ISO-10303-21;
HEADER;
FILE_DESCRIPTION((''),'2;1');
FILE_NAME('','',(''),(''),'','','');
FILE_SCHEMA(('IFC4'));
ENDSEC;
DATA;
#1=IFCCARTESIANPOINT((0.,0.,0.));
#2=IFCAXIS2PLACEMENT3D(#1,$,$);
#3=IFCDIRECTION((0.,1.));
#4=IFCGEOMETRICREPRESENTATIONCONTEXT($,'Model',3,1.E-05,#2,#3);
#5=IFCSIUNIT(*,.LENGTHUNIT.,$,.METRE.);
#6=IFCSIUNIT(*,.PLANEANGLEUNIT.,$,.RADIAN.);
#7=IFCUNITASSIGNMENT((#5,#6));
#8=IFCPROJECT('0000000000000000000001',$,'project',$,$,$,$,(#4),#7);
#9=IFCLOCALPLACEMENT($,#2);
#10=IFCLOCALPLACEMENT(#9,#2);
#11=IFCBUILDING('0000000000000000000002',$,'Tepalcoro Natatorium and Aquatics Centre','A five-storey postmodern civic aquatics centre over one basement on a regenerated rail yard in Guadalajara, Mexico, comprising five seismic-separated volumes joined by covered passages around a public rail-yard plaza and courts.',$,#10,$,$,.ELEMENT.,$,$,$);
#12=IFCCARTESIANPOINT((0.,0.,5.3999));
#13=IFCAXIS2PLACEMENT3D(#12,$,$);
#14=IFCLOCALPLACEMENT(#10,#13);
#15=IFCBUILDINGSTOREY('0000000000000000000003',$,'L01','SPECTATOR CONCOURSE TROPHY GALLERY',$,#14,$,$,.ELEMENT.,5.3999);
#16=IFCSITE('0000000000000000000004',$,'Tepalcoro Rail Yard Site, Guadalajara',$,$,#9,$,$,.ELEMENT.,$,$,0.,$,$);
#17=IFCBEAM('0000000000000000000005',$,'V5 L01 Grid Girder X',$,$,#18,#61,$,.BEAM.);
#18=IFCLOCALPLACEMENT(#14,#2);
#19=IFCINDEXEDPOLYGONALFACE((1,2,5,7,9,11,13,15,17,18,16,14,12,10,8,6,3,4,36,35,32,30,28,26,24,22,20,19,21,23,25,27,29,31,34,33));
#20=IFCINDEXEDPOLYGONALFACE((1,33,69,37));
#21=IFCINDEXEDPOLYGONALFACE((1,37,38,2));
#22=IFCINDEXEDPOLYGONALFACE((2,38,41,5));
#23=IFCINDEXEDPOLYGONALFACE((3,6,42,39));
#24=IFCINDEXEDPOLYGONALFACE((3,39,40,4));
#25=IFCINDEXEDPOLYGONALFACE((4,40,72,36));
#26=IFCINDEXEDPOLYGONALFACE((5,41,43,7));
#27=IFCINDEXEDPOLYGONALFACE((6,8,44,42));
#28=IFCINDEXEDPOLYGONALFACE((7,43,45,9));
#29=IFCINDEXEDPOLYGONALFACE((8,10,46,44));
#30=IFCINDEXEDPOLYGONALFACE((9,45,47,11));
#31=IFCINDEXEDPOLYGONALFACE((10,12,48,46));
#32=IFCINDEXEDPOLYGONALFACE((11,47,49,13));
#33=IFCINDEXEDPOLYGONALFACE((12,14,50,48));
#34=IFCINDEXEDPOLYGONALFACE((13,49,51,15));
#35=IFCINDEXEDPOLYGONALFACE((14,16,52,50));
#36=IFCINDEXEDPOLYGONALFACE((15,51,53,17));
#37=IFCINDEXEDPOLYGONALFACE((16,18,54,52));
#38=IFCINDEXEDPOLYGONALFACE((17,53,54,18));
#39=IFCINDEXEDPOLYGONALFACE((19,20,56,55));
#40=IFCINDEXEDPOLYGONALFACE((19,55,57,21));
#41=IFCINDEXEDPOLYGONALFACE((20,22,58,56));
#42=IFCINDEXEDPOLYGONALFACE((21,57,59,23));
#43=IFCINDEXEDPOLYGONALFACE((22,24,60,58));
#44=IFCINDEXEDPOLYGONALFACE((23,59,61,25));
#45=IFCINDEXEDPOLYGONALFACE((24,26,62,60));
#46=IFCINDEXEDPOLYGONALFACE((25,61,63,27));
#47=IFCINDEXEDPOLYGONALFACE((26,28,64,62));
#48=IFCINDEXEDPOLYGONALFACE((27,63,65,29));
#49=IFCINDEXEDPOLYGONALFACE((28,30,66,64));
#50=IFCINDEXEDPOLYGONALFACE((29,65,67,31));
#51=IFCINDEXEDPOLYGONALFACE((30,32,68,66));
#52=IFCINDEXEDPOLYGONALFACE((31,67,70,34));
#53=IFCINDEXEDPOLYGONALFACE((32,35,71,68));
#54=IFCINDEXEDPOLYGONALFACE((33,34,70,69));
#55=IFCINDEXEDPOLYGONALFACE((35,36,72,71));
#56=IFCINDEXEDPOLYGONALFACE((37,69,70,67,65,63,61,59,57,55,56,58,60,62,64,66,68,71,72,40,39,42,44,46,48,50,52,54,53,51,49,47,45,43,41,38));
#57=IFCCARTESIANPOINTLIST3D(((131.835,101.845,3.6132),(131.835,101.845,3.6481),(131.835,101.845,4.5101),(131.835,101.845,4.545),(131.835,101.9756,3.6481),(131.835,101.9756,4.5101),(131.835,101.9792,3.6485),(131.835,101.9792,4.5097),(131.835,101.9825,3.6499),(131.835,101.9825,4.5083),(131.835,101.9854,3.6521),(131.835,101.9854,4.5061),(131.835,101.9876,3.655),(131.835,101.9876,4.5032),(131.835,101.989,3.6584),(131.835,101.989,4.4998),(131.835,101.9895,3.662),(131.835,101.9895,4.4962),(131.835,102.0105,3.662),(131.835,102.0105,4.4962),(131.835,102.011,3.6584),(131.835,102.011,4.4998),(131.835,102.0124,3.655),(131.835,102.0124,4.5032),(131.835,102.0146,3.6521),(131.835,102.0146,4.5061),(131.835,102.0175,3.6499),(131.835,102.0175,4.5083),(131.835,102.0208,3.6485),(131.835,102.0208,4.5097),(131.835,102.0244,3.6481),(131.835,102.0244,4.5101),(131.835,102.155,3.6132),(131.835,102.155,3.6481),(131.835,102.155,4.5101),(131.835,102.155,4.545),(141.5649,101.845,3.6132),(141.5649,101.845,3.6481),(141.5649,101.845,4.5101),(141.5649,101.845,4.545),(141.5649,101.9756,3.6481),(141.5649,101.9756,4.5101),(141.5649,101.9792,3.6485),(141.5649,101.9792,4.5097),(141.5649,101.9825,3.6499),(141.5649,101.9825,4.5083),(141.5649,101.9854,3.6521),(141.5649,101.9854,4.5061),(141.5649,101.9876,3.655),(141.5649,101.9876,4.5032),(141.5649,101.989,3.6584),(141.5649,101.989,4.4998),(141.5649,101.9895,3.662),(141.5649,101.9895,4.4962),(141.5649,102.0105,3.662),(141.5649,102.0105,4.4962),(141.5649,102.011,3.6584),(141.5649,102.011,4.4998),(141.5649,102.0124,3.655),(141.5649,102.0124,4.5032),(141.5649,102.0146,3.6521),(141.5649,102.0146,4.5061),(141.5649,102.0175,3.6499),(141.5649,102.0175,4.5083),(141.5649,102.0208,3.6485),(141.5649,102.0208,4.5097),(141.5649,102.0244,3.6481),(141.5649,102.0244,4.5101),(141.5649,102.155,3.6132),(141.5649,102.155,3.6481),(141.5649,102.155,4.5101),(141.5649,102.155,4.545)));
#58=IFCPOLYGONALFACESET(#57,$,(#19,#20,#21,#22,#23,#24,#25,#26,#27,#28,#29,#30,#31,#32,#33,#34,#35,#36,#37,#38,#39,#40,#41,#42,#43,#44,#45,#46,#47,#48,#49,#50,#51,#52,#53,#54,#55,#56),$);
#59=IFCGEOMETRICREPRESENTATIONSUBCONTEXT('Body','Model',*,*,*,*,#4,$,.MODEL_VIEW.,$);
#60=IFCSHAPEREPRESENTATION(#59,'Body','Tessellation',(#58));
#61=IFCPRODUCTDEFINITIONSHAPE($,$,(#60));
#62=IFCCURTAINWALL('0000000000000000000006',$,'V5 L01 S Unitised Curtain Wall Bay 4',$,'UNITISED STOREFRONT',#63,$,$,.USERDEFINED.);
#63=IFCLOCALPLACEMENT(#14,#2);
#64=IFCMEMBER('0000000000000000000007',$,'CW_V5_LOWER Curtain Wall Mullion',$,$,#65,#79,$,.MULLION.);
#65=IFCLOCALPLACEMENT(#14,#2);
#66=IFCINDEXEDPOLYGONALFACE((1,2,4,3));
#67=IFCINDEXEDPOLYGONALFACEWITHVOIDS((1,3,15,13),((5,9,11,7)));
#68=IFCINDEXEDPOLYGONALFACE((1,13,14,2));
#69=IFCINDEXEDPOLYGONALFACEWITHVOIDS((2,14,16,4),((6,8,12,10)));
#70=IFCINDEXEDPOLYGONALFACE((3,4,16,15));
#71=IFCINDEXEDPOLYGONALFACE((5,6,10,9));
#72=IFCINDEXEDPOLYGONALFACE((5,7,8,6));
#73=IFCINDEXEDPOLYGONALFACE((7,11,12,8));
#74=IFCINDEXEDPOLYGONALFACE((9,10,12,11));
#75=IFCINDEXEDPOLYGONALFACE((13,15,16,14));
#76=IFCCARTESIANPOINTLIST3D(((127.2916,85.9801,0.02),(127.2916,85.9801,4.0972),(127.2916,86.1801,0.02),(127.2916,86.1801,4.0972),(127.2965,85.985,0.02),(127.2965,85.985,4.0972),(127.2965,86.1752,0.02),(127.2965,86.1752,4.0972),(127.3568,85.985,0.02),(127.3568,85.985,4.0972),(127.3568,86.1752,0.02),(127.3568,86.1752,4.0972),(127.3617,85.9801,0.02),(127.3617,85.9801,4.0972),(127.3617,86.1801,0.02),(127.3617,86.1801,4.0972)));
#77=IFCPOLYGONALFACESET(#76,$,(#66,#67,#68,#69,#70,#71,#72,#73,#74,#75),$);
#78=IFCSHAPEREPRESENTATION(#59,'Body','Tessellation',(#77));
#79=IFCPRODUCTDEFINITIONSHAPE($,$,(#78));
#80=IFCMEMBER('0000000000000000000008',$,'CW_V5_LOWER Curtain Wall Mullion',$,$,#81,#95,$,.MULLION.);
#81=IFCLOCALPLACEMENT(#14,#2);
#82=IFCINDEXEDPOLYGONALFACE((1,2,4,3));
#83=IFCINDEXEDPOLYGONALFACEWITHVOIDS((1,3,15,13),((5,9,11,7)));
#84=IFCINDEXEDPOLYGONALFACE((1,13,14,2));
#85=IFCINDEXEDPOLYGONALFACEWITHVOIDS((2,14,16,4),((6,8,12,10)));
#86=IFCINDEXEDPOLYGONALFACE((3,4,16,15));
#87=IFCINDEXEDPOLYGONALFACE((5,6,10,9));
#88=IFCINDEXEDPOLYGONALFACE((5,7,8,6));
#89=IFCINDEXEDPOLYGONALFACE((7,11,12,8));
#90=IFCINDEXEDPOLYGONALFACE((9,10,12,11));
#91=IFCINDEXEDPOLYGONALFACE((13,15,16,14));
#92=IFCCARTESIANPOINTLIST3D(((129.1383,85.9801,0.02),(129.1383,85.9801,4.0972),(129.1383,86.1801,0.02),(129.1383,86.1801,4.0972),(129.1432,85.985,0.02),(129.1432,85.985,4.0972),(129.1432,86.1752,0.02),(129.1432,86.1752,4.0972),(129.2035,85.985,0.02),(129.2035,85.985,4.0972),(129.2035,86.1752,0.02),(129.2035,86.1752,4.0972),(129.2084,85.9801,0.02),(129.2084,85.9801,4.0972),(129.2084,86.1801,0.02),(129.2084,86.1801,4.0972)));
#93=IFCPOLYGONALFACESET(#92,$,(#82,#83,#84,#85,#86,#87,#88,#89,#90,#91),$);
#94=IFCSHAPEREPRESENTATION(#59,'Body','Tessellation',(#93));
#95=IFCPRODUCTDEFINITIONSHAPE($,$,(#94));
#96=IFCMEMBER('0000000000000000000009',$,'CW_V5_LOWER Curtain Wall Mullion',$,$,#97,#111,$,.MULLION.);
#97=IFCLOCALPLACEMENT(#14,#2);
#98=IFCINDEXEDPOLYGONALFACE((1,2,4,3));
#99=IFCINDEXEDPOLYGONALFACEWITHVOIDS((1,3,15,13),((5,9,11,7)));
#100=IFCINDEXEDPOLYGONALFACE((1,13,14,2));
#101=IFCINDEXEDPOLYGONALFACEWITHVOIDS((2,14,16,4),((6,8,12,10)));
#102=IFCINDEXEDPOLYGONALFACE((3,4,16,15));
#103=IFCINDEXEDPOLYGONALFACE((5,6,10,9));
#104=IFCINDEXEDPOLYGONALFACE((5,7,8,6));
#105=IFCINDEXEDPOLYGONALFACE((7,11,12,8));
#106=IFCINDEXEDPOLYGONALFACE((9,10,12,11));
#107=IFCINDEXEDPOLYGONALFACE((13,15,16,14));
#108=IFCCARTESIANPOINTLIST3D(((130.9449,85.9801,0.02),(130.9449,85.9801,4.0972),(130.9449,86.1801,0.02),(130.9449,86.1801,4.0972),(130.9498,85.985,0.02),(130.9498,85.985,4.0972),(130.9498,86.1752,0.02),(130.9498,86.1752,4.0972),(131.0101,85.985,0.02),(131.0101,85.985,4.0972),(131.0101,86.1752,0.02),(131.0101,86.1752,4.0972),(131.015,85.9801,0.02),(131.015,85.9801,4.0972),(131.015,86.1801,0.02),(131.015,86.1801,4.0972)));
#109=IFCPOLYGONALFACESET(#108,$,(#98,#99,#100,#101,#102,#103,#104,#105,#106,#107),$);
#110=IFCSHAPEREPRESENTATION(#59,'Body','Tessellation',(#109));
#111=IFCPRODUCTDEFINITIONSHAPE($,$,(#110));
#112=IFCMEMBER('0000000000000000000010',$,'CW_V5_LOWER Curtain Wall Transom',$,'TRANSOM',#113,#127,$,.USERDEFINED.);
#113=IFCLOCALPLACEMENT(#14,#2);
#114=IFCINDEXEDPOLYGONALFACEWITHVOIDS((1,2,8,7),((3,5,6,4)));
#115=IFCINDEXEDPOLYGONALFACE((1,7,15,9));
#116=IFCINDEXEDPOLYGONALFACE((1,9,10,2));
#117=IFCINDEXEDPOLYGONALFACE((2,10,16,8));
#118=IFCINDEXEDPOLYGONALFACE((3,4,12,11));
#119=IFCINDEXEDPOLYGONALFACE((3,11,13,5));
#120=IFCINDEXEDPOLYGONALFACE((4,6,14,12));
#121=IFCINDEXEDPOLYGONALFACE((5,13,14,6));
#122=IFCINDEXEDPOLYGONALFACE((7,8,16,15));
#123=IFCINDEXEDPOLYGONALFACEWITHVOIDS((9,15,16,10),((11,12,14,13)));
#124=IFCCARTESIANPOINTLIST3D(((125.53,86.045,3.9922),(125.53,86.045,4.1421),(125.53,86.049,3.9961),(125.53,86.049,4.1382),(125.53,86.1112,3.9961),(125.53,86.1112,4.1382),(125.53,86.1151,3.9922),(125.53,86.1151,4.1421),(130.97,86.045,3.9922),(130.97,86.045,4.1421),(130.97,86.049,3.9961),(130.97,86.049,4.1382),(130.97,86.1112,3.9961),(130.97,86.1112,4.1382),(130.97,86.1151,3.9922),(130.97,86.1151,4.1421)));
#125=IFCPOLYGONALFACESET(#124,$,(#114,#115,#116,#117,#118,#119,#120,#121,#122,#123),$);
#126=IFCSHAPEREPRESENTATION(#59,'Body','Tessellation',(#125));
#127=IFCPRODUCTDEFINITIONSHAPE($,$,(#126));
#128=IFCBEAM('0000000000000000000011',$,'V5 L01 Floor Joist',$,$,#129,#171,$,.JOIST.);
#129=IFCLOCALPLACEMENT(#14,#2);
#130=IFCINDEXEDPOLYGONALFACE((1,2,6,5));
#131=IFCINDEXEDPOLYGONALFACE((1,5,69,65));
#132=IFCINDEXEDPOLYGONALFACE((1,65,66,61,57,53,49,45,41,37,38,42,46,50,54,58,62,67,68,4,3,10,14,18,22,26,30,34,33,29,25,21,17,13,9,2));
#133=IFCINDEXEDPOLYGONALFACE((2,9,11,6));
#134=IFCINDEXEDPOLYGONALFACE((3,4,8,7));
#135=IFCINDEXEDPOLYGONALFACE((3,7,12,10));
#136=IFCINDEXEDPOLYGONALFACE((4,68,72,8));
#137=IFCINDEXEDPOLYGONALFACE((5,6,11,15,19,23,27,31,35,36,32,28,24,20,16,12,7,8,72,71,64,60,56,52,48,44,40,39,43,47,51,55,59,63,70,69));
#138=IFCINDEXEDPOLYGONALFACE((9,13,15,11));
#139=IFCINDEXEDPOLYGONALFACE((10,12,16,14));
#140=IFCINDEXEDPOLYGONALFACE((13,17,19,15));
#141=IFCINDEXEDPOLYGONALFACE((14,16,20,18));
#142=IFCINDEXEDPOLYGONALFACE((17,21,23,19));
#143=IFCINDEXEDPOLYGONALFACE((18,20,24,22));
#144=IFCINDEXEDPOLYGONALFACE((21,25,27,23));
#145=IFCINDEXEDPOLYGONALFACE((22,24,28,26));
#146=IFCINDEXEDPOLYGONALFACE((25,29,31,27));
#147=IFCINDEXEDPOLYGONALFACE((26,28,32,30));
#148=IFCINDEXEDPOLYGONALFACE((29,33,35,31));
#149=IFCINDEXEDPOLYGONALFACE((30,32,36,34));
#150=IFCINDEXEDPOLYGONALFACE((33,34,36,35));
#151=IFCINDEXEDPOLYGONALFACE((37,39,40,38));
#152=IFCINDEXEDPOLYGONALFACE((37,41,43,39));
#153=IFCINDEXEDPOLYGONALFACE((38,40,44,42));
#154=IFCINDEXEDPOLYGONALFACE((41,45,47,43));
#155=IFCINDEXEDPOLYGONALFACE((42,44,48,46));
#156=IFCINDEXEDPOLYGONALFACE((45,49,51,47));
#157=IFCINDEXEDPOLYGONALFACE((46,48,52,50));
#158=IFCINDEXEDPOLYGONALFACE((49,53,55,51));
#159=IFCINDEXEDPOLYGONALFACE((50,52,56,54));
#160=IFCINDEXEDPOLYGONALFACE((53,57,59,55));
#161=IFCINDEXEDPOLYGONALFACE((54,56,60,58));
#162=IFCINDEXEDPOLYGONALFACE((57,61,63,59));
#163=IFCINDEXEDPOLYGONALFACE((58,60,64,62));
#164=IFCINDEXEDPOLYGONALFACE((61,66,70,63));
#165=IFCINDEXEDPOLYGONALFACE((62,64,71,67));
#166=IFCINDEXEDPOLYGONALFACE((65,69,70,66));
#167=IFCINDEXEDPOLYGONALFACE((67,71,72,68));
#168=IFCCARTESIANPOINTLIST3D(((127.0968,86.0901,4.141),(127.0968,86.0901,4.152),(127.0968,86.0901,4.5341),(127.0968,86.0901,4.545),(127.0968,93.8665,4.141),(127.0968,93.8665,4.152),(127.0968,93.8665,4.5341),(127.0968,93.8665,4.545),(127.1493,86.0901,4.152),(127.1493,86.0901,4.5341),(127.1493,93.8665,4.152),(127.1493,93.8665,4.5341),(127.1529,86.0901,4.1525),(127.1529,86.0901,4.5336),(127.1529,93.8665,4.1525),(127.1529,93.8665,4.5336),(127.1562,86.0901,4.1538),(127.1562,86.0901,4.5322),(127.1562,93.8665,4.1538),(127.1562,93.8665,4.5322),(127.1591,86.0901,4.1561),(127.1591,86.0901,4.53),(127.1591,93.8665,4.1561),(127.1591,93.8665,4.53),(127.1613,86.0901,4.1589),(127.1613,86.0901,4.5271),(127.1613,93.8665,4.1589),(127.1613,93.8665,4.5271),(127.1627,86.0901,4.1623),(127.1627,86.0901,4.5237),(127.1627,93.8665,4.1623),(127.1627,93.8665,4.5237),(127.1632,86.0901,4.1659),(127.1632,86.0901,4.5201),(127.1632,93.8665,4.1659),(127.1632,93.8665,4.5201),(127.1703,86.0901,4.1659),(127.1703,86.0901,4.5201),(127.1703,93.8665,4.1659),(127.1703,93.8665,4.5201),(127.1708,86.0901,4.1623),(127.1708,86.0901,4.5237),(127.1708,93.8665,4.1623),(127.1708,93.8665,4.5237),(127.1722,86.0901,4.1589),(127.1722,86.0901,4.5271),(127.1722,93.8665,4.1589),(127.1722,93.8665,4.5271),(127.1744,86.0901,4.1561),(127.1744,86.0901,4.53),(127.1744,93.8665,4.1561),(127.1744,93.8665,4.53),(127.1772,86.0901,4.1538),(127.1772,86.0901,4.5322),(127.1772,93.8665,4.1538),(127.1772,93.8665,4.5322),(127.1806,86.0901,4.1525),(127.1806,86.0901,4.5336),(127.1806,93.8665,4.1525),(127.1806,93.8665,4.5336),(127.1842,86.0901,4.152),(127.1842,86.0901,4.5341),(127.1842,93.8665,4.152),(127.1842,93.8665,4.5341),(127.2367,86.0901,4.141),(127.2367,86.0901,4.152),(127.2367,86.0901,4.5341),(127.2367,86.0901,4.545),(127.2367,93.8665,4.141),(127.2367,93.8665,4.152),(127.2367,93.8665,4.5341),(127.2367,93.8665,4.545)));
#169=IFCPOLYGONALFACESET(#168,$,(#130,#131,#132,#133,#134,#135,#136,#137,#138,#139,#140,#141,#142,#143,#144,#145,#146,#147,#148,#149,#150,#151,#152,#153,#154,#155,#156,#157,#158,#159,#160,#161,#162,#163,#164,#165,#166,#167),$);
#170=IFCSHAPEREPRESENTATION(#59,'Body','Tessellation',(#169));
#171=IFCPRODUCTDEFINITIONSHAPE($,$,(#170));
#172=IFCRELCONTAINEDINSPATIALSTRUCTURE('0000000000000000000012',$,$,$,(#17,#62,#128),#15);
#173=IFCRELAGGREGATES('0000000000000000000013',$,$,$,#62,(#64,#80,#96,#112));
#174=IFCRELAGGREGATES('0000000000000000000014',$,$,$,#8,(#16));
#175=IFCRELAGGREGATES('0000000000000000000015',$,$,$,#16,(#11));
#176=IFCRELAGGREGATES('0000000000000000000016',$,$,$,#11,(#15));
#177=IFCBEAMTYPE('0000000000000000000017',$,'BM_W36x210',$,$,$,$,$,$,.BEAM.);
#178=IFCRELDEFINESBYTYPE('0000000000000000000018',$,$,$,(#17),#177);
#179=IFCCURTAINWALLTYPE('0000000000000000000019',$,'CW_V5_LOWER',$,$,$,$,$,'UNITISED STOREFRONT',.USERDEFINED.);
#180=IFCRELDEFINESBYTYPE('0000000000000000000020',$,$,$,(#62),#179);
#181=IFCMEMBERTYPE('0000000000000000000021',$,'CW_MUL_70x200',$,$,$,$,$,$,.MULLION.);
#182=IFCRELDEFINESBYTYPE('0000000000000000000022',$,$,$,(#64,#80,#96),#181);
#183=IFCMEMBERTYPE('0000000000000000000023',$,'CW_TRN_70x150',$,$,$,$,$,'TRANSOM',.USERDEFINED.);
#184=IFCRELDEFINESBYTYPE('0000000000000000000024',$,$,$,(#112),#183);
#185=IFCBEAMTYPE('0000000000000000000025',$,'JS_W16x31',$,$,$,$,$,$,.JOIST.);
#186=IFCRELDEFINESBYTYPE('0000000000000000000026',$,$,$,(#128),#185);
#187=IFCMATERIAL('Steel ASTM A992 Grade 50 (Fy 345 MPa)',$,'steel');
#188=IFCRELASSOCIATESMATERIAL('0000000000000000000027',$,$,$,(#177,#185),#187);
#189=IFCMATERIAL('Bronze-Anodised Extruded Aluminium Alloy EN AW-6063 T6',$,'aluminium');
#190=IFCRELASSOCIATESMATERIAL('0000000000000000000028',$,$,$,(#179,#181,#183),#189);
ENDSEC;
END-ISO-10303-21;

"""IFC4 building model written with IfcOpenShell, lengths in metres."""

from ifc_helpers import new_model, si_unit, direction, frame, origin, origin_2d, place, context, subcontext, project, spatial, hollow_rectangle, i_section, extrude, material, material_profile, profile_set, type_object, element, aggregate, save


model = new_model("IFC4")

# Units and contexts
model_context = context("Model", 3, precision=1e-05, world=origin(), true_north=direction((0.0, 1.0)))
body_context = subcontext(model_context, "Body", "Model", "MODEL_VIEW")
ifc_project = project(units=[si_unit("LENGTHUNIT", "METRE"), si_unit("PLANEANGLEUNIT", "RADIAN")], contexts=[model_context])

# Site, building, storey
site_placement = place(None, origin())
site = spatial("IfcSite", under=ifc_project, at=site_placement, Name="Tepalcoro Rail Yard Site, Guadalajara", CompositionType="ELEMENT", RefElevation=0.0)
building_placement = place(site_placement, origin())
building = spatial("IfcBuilding", under=site, at=building_placement, Name="Tepalcoro Natatorium and Aquatics Centre", Description="A five-storey postmodern civic aquatics centre over one basement on a regenerated rail yard in Guadalajara, Mexico, comprising five seismic-separated volumes joined by covered passages around a public rail-yard plaza and courts.", CompositionType="ELEMENT")
storey_placement = place(building_placement, frame((0.0, 0.0, 5.3999)))
storey = spatial("IfcBuildingStorey", under=building, at=storey_placement, Name="L01", Description="SPECTATOR CONCOURSE TROPHY GALLERY", CompositionType="ELEMENT", Elevation=5.3999)

# Beam
ifc_material_1 = material(Name="Steel ASTM A992 Grade 50 (Fy 345 MPa)", Category="steel")
ifc_material_profile_1 = material_profile(ifc_material_1, i_section(OverallWidth=0.3101, OverallDepth=0.9319, WebThickness=0.021, FlangeThickness=0.0349, FilletRadius=0.0139, at=origin_2d()), Name="W36X210")
ifc_profile_set_1 = profile_set([ifc_material_profile_1], Name="Steel ASTM A992 Grade 50 (Fy 345 MPa)")
beam_type_1 = type_object("IfcBeamType", Name="BM_W36x210", PredefinedType="BEAM", material=ifc_profile_set_1)
beam_1_placement = place(storey_placement, frame((131.835, 102.0, 4.0791), z_axis=(1.0, 0.0, 0.0), x_axis=(0.0, 1.0, 0.0)))
element("IfcBeam", 1, at=beam_1_placement, inside=storey, type_object=beam_type_1, Name="V5 L01 Grid Girder X", PredefinedType="BEAM", context=body_context, shape_type="SweptSolid", body=[
    extrude(i_section(OverallWidth=0.3101, OverallDepth=0.9319, WebThickness=0.021, FlangeThickness=0.0349, FilletRadius=0.0139, at=origin_2d()), origin(), (0.0, 0.0, 1.0), 9.73),
])

# Curtain wall, members
ifc_material_2 = material(Name="Bronze-Anodised Extruded Aluminium Alloy EN AW-6063 T6", Category="aluminium")
curtain_wall_type = type_object("IfcCurtainWallType", Name="CW_V5_LOWER", ElementType="UNITISED STOREFRONT", PredefinedType="USERDEFINED", material=ifc_material_2)
curtain_wall_placement = place(storey_placement, origin())
curtain_wall = element("IfcCurtainWall", 2, at=curtain_wall_placement, inside=storey, type_object=curtain_wall_type, Name="V5 L01 S Unitised Curtain Wall Bay 4", ObjectType="UNITISED STOREFRONT", PredefinedType="USERDEFINED")
ifc_material_profile_2 = material_profile(ifc_material_2, hollow_rectangle(XDim=0.0701, YDim=0.2, WallThickness=0.0049, at=origin_2d()), Name="AL70X200X5")
ifc_profile_set_2 = profile_set([ifc_material_profile_2], Name="Bronze-Anodised Extruded Aluminium Alloy EN AW-6063 T6")
member_type_1 = type_object("IfcMemberType", Name="CW_MUL_70x200", PredefinedType="MULLION", material=ifc_profile_set_2)
member_1_placement = place(storey_placement, frame((127.3267, 86.0801, 0.02), z_axis=(0.0, 0.0, 1.0), x_axis=(1.0, 0.0, 0.0)))
member_1 = element("IfcMember", 3, at=member_1_placement, type_object=member_type_1, Name="CW_V5_LOWER Curtain Wall Mullion", PredefinedType="MULLION", context=body_context, shape_type="SweptSolid", body=[
    extrude(hollow_rectangle(XDim=0.0701, YDim=0.2, WallThickness=0.0049, at=origin_2d()), origin(), (0.0, 0.0, 1.0), 4.0771),
])
member_2_placement = place(storey_placement, frame((129.1733, 86.0801, 0.02), z_axis=(0.0, 0.0, 1.0), x_axis=(1.0, 0.0, 0.0)))
member_2 = element("IfcMember", 4, at=member_2_placement, type_object=member_type_1, Name="CW_V5_LOWER Curtain Wall Mullion", PredefinedType="MULLION", context=body_context, shape_type="SweptSolid", body=[
    extrude(hollow_rectangle(XDim=0.0701, YDim=0.2, WallThickness=0.0049, at=origin_2d()), origin(), (0.0, 0.0, 1.0), 4.0771),
])
member_3_placement = place(storey_placement, frame((130.98, 86.0801, 0.02), z_axis=(0.0, 0.0, 1.0), x_axis=(1.0, 0.0, 0.0)))
member_3 = element("IfcMember", 5, at=member_3_placement, type_object=member_type_1, Name="CW_V5_LOWER Curtain Wall Mullion", PredefinedType="MULLION", context=body_context, shape_type="SweptSolid", body=[
    extrude(hollow_rectangle(XDim=0.0701, YDim=0.2, WallThickness=0.0049, at=origin_2d()), origin(), (0.0, 0.0, 1.0), 4.0771),
])
ifc_material_profile_3 = material_profile(ifc_material_2, hollow_rectangle(XDim=0.0701, YDim=0.1499, WallThickness=0.0039, at=origin_2d()), Name="AL70X150X4")
ifc_profile_set_3 = profile_set([ifc_material_profile_3], Name="Bronze-Anodised Extruded Aluminium Alloy EN AW-6063 T6")
member_type_2 = type_object("IfcMemberType", Name="CW_TRN_70x150", ElementType="TRANSOM", PredefinedType="USERDEFINED", material=ifc_profile_set_3)
member_4_placement = place(storey_placement, frame((125.53, 86.0801, 4.0671), z_axis=(1.0, 0.0, 0.0), x_axis=(0.0, 1.0, 0.0)))
member_4 = element("IfcMember", 6, at=member_4_placement, type_object=member_type_2, Name="CW_V5_LOWER Curtain Wall Transom", ObjectType="TRANSOM", PredefinedType="USERDEFINED", context=body_context, shape_type="SweptSolid", body=[
    extrude(hollow_rectangle(XDim=0.0701, YDim=0.1499, WallThickness=0.0039, at=origin_2d()), origin(), (0.0, 0.0, 1.0), 5.4399),
])

# Beam
ifc_material_profile_4 = material_profile(ifc_material_1, i_section(OverallWidth=0.1399, OverallDepth=0.4041, WebThickness=0.0071, FlangeThickness=0.011, FilletRadius=0.0139, at=origin_2d()), Name="W16X31")
ifc_profile_set_4 = profile_set([ifc_material_profile_4], Name="Steel ASTM A992 Grade 50 (Fy 345 MPa)")
beam_type_2 = type_object("IfcBeamType", Name="JS_W16x31", PredefinedType="JOIST", material=ifc_profile_set_4)
beam_2_placement = place(storey_placement, frame((127.1667, 86.0901, 4.343), z_axis=(0.0, 1.0, 0.0), x_axis=(-1.0, 0.0, 0.0)))
element("IfcBeam", 7, at=beam_2_placement, inside=storey, type_object=beam_type_2, Name="V5 L01 Floor Joist", PredefinedType="JOIST", context=body_context, shape_type="SweptSolid", body=[
    extrude(i_section(OverallWidth=0.1399, OverallDepth=0.4041, WebThickness=0.0071, FlangeThickness=0.011, FilletRadius=0.0139, at=origin_2d()), origin(), (0.0, 0.0, 1.0), 7.7764),
])

aggregate(curtain_wall, [member_1, member_2, member_3, member_4])

save(model, "model.ifc")
